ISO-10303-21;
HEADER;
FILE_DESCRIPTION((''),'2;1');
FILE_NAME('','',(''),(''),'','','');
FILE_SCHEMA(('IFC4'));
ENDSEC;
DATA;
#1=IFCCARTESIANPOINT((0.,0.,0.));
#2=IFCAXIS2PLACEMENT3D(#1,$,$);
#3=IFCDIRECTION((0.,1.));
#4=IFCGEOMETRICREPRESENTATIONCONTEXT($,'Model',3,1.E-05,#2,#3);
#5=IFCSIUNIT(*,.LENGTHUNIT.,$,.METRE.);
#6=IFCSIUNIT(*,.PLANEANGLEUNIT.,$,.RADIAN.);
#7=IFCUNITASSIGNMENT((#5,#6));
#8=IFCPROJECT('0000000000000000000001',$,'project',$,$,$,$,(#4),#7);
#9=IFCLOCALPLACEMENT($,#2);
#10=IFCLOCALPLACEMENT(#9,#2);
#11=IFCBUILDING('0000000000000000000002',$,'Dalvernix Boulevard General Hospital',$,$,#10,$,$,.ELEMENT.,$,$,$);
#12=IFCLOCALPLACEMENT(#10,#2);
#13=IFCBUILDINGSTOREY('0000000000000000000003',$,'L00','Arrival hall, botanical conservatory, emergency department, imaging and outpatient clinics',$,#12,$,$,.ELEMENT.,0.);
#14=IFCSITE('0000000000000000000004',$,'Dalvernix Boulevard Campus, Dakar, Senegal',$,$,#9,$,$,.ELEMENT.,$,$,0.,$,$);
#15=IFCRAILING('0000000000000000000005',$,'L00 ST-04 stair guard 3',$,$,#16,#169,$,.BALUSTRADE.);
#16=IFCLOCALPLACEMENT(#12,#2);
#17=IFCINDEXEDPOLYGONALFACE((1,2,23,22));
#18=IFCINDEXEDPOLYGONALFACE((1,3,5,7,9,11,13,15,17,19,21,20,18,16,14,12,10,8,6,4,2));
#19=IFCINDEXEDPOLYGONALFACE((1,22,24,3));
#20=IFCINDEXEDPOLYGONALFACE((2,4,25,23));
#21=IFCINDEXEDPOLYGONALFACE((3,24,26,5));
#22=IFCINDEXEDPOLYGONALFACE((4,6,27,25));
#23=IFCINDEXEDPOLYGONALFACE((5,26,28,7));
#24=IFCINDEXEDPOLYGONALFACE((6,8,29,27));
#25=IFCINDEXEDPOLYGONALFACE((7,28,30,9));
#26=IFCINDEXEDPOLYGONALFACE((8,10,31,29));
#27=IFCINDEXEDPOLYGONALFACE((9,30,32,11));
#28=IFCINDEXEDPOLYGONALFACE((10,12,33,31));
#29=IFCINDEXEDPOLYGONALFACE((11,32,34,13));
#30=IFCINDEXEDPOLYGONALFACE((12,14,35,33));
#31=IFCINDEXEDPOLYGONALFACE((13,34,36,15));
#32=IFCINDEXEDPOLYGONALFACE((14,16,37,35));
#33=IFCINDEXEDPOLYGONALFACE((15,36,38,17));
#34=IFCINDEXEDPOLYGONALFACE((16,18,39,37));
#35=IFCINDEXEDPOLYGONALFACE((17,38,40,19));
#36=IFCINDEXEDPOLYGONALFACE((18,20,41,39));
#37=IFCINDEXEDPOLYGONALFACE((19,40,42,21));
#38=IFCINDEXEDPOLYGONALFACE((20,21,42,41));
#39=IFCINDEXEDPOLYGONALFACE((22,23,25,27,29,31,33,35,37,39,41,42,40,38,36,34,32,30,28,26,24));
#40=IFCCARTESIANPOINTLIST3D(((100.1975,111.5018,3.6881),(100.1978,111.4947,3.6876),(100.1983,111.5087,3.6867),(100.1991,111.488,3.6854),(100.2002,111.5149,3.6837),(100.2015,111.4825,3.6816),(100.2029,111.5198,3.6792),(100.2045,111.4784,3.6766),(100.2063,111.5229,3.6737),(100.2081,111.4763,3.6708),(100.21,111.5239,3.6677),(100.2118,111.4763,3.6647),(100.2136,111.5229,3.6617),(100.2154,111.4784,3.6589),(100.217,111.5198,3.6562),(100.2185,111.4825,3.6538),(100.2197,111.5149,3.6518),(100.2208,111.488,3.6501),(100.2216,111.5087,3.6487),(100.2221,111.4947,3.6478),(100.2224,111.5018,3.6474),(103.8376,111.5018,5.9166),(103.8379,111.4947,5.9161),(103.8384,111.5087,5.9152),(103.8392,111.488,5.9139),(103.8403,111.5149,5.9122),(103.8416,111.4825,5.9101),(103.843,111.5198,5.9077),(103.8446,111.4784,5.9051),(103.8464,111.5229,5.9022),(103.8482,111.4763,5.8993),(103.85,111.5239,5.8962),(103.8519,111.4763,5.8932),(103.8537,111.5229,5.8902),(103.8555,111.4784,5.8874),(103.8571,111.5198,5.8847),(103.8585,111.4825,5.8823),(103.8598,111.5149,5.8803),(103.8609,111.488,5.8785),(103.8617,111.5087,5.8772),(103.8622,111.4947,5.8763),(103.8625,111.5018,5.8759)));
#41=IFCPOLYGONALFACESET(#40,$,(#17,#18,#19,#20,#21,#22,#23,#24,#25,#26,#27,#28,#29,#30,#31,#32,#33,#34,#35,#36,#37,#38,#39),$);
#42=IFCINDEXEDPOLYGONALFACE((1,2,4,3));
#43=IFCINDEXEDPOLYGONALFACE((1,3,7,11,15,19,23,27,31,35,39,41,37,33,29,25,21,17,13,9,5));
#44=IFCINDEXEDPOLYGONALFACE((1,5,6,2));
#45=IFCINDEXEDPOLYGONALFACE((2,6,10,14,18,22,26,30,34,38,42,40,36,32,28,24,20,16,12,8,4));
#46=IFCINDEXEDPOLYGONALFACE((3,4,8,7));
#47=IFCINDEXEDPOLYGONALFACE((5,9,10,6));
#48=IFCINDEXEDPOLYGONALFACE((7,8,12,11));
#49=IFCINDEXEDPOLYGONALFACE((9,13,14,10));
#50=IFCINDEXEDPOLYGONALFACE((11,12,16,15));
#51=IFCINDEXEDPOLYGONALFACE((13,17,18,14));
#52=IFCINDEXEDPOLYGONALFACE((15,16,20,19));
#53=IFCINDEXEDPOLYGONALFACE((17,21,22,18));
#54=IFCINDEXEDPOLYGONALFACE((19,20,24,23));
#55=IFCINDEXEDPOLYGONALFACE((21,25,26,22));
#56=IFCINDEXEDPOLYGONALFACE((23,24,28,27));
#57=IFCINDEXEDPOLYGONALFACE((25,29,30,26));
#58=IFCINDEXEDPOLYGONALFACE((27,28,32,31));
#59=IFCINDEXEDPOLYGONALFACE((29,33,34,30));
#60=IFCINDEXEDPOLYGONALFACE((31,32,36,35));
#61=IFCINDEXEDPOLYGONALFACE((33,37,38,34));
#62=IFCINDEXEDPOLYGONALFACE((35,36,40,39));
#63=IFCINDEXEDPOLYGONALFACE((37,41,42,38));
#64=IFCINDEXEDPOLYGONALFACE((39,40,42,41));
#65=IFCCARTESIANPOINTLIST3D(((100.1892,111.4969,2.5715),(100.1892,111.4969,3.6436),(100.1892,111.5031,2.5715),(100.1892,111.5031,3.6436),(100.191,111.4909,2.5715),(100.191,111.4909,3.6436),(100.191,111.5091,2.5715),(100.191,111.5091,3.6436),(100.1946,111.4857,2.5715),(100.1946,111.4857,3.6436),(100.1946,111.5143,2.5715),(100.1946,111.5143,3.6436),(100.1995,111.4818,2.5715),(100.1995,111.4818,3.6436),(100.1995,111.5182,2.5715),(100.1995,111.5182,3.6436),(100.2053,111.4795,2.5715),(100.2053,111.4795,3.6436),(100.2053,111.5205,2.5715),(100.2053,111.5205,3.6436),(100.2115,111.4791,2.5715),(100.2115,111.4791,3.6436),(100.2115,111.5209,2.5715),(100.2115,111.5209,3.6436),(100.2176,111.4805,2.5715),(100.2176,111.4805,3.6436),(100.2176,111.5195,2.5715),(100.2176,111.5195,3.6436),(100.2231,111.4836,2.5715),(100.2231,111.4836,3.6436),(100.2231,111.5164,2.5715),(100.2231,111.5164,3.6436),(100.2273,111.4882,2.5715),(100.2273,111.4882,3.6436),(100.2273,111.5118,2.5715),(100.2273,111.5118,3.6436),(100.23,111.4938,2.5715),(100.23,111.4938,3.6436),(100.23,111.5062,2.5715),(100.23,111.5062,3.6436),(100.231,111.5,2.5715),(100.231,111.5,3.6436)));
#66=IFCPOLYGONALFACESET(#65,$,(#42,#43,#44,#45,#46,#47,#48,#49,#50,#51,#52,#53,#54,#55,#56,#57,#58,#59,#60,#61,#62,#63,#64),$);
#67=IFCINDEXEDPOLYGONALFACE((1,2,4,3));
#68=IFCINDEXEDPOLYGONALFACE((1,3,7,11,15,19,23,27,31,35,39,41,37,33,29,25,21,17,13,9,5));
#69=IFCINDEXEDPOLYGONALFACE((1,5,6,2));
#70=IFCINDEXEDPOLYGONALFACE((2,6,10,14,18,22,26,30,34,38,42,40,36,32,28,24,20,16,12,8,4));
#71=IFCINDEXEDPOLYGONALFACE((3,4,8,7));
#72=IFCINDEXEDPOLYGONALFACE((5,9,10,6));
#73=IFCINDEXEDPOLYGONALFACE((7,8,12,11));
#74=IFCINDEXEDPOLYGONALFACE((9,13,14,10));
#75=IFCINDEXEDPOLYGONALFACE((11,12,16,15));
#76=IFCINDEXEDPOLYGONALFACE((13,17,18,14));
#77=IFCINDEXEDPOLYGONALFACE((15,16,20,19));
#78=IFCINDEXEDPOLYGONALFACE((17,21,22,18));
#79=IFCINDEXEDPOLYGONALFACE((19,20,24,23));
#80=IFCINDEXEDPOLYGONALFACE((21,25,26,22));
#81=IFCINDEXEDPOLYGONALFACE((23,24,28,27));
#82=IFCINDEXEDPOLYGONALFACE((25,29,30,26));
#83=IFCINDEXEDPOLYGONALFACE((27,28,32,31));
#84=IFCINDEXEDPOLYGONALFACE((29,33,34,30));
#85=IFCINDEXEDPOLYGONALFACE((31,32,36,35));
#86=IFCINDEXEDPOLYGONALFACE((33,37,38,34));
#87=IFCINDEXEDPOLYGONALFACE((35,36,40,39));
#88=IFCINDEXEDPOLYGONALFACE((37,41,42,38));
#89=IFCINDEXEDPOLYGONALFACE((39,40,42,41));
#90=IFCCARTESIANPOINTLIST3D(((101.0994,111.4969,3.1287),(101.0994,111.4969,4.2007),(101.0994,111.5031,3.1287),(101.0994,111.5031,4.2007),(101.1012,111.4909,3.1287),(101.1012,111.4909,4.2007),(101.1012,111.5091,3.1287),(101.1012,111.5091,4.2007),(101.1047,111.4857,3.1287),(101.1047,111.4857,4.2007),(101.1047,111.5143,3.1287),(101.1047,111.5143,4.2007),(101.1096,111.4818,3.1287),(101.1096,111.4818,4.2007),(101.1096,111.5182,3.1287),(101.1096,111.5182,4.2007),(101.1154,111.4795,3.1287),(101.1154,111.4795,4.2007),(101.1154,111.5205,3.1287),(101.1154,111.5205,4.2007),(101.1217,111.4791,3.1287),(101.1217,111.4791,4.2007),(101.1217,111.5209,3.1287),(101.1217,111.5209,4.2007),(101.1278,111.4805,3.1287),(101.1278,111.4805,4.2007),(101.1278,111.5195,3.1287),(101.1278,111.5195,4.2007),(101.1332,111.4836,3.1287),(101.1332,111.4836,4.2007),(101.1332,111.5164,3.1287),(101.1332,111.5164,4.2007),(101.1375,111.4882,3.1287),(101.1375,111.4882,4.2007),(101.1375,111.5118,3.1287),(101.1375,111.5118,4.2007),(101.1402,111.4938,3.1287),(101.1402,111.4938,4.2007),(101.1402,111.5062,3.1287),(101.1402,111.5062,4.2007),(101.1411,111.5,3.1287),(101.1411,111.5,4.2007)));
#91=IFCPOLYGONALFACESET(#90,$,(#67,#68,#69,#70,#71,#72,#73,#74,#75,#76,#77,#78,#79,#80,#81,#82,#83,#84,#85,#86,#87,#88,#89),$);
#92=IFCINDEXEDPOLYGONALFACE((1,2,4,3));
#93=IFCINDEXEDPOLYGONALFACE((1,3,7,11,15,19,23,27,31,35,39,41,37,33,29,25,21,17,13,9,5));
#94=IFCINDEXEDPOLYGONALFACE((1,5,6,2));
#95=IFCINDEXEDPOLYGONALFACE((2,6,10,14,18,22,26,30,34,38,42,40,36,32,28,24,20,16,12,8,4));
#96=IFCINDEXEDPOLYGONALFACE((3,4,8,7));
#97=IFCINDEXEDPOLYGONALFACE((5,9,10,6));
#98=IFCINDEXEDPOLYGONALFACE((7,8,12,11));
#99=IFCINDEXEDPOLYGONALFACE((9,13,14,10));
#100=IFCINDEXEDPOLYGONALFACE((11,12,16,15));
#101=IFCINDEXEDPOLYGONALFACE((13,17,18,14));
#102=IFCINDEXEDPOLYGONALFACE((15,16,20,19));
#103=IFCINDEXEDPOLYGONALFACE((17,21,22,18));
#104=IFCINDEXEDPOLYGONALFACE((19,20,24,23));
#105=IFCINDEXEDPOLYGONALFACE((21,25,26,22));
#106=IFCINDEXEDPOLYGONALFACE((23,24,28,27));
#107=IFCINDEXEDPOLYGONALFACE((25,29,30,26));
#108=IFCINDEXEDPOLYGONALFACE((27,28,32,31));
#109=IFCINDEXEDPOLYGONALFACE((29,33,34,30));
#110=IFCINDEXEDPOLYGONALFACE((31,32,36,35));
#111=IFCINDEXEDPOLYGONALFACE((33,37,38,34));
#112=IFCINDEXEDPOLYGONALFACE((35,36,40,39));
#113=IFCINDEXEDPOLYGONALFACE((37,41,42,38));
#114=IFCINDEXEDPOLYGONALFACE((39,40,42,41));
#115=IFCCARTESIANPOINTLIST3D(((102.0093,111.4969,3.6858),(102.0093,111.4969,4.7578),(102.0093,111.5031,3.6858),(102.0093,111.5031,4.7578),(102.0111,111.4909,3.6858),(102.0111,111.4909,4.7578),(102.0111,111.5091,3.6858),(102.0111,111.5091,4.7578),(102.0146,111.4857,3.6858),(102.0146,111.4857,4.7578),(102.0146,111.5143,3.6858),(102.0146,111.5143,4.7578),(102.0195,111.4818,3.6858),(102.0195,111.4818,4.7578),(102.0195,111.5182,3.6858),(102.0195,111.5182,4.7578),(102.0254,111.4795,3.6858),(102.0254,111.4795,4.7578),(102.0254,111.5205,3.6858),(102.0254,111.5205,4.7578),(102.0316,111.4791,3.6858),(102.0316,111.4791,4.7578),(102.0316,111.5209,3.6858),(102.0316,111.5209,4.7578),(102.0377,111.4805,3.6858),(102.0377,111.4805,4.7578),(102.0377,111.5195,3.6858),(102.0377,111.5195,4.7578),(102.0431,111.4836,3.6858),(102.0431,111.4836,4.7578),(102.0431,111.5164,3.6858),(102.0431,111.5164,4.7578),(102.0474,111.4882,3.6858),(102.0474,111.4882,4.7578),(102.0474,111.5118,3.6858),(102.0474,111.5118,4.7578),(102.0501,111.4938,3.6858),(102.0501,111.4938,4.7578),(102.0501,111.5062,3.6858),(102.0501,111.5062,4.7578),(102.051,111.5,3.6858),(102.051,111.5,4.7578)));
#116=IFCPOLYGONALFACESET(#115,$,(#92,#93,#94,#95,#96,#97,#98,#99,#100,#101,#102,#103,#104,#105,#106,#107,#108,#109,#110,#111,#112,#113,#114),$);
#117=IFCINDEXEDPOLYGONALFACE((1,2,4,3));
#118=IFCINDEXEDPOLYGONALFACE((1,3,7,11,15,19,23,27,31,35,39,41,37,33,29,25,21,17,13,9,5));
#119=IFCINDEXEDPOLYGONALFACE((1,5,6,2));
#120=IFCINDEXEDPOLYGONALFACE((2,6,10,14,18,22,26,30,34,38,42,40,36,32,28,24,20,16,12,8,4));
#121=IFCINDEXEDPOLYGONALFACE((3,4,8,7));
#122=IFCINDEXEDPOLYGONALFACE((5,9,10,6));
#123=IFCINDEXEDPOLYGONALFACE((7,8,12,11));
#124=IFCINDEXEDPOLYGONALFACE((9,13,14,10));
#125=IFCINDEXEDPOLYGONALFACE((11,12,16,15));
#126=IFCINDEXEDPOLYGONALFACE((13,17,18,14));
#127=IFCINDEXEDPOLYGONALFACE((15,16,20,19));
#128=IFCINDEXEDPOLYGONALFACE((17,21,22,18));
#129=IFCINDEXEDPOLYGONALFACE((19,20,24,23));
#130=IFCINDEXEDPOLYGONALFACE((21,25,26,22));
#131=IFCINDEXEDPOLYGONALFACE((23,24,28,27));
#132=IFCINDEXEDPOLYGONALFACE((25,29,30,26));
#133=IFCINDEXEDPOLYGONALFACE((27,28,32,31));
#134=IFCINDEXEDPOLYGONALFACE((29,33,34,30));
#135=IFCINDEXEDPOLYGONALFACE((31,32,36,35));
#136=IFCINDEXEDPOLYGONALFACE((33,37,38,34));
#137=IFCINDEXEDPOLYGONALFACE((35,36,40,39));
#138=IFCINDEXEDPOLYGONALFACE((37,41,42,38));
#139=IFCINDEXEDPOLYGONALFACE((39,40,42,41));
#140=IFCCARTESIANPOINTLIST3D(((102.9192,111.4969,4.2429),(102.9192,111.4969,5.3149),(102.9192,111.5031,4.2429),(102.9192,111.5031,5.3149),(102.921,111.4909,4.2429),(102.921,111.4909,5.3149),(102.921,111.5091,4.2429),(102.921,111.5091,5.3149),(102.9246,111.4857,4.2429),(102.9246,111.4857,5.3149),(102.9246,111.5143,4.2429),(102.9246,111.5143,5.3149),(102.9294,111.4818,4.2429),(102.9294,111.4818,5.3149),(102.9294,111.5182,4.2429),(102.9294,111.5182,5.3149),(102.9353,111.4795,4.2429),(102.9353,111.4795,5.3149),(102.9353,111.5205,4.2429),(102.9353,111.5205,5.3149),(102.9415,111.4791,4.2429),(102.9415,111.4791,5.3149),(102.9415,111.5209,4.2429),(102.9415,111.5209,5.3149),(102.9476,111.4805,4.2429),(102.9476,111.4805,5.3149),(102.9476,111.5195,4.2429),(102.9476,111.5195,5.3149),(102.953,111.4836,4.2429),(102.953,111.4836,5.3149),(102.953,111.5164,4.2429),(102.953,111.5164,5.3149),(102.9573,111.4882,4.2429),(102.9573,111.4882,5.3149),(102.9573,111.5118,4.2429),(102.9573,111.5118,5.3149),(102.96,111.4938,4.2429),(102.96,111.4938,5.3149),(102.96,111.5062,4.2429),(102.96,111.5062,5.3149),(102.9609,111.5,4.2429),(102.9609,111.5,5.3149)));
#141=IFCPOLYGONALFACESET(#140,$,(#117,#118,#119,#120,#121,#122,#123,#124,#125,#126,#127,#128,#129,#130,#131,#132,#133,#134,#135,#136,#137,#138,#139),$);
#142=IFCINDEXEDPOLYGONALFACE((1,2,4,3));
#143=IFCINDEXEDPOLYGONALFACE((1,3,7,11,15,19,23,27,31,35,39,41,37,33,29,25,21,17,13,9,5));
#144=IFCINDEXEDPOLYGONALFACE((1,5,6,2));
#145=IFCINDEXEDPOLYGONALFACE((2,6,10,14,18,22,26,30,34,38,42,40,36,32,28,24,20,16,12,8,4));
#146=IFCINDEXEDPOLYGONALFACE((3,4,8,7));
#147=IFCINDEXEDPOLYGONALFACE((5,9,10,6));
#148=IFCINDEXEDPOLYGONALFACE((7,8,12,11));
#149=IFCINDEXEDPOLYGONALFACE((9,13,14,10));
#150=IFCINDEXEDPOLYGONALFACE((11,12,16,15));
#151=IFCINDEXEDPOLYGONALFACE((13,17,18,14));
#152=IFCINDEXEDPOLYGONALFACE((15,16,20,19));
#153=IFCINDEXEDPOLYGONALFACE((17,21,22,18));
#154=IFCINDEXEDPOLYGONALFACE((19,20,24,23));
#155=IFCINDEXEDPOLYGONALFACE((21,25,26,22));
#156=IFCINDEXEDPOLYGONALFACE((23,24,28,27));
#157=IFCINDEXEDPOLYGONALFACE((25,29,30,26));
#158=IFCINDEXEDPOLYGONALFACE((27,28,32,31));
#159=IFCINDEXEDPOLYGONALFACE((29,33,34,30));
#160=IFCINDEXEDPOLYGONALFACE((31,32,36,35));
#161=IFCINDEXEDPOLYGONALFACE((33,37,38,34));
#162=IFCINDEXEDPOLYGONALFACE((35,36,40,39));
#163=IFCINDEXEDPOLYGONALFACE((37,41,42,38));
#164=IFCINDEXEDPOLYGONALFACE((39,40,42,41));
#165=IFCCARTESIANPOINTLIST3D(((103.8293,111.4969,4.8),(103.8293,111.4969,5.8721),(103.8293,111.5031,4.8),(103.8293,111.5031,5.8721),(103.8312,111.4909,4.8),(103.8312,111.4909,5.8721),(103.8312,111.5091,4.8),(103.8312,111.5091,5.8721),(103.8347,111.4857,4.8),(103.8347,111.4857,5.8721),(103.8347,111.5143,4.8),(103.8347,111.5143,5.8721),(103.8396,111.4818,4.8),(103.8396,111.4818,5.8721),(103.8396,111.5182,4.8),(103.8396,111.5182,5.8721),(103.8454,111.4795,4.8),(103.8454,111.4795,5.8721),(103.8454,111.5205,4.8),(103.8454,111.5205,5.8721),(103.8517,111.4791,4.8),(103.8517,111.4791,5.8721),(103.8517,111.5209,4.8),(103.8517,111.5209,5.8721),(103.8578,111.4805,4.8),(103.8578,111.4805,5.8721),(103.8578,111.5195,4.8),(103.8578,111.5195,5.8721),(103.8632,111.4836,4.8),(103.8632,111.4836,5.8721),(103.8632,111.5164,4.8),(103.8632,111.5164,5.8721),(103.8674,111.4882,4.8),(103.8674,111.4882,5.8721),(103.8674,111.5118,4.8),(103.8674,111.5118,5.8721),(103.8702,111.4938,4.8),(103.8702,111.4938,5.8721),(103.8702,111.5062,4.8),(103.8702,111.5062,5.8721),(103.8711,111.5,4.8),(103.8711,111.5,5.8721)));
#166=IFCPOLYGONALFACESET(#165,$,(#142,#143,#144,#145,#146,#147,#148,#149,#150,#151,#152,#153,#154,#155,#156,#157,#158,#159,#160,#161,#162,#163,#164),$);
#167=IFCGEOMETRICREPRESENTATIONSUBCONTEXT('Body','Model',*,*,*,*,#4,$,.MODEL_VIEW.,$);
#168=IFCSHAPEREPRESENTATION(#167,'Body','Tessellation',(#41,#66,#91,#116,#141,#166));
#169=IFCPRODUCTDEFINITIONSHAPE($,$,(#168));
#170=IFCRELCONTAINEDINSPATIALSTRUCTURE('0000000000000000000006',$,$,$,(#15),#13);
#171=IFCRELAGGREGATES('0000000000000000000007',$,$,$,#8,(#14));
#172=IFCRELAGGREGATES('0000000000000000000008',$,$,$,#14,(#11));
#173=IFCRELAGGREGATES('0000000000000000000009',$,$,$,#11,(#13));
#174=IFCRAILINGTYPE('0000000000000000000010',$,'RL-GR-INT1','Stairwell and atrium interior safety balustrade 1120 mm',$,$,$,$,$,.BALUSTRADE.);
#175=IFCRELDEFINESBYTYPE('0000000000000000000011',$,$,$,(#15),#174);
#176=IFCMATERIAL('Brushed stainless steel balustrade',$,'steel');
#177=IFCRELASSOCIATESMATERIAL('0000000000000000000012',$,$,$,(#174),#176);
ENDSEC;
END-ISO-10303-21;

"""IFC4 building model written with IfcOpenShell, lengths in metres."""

from ifc_helpers import new_model, si_unit, direction, frame, origin, origin_2d, place, context, subcontext, project, spatial, circle, extrude, material, type_object, element, save


model = new_model("IFC4")

# Units and contexts
model_context = context("Model", 3, precision=1e-05, world=origin(), true_north=direction((0.0, 1.0)))
body_context = subcontext(model_context, "Body", "Model", "MODEL_VIEW")
ifc_project = project(units=[si_unit("LENGTHUNIT", "METRE"), si_unit("PLANEANGLEUNIT", "RADIAN")], contexts=[model_context])

# Site, building, storey
site_placement = place(None, origin())
site = spatial("IfcSite", under=ifc_project, at=site_placement, Name="Dalvernix Boulevard Campus, Dakar, Senegal", CompositionType="ELEMENT", RefElevation=0.0)
building_placement = place(site_placement, origin())
building = spatial("IfcBuilding", under=site, at=building_placement, Name="Dalvernix Boulevard General Hospital", CompositionType="ELEMENT")
storey_placement = place(building_placement, origin())
storey = spatial("IfcBuildingStorey", under=building, at=storey_placement, Name="L00", Description="Arrival hall, botanical conservatory, emergency department, imaging and outpatient clinics", CompositionType="ELEMENT", Elevation=0.0)

# Railing
ifc_material_1 = material(Name="Brushed stainless steel balustrade", Category="steel")
railing_type_1 = type_object("IfcRailingType", Name="RL-GR-INT1", Description="Stairwell and atrium interior safety balustrade 1120 mm", PredefinedType="BALUSTRADE", material=ifc_material_1)
railing_1_placement = place(storey_placement, frame((100.21, 111.5, 2.5715)))
element("IfcRailing", 1, at=railing_1_placement, inside=storey, type_object=railing_type_1, Name="L00 ST-04 stair guard 3", PredefinedType="BALUSTRADE", context=body_context, shape_type="SweptSolid", body=[
    extrude(circle(Radius=0.0239, at=origin_2d()), frame((0.0, 0.0, 1.0962), z_axis=(0.852866, 0.0, 0.52213), x_axis=(0.0, 1.0, 0.0)), (0.0, 0.0, 1.0), 4.2681),
    extrude(circle(Radius=0.021, at=origin_2d()), origin(), (0.0, 0.0, 1.0), 1.072),
    extrude(circle(Radius=0.021, at=origin_2d()), frame((0.9102, 0.0, 0.5571)), (0.0, 0.0, 1.0), 1.072),
    extrude(circle(Radius=0.021, at=origin_2d()), frame((1.8201, 0.0, 1.1143)), (0.0, 0.0, 1.0), 1.072),
    extrude(circle(Radius=0.021, at=origin_2d()), frame((2.73, 0.0, 1.6714)), (0.0, 0.0, 1.0), 1.072),
    extrude(circle(Radius=0.021, at=origin_2d()), frame((3.6401, 0.0, 2.2285)), (0.0, 0.0, 1.0), 1.072),
])

save(model, "model.ifc")
